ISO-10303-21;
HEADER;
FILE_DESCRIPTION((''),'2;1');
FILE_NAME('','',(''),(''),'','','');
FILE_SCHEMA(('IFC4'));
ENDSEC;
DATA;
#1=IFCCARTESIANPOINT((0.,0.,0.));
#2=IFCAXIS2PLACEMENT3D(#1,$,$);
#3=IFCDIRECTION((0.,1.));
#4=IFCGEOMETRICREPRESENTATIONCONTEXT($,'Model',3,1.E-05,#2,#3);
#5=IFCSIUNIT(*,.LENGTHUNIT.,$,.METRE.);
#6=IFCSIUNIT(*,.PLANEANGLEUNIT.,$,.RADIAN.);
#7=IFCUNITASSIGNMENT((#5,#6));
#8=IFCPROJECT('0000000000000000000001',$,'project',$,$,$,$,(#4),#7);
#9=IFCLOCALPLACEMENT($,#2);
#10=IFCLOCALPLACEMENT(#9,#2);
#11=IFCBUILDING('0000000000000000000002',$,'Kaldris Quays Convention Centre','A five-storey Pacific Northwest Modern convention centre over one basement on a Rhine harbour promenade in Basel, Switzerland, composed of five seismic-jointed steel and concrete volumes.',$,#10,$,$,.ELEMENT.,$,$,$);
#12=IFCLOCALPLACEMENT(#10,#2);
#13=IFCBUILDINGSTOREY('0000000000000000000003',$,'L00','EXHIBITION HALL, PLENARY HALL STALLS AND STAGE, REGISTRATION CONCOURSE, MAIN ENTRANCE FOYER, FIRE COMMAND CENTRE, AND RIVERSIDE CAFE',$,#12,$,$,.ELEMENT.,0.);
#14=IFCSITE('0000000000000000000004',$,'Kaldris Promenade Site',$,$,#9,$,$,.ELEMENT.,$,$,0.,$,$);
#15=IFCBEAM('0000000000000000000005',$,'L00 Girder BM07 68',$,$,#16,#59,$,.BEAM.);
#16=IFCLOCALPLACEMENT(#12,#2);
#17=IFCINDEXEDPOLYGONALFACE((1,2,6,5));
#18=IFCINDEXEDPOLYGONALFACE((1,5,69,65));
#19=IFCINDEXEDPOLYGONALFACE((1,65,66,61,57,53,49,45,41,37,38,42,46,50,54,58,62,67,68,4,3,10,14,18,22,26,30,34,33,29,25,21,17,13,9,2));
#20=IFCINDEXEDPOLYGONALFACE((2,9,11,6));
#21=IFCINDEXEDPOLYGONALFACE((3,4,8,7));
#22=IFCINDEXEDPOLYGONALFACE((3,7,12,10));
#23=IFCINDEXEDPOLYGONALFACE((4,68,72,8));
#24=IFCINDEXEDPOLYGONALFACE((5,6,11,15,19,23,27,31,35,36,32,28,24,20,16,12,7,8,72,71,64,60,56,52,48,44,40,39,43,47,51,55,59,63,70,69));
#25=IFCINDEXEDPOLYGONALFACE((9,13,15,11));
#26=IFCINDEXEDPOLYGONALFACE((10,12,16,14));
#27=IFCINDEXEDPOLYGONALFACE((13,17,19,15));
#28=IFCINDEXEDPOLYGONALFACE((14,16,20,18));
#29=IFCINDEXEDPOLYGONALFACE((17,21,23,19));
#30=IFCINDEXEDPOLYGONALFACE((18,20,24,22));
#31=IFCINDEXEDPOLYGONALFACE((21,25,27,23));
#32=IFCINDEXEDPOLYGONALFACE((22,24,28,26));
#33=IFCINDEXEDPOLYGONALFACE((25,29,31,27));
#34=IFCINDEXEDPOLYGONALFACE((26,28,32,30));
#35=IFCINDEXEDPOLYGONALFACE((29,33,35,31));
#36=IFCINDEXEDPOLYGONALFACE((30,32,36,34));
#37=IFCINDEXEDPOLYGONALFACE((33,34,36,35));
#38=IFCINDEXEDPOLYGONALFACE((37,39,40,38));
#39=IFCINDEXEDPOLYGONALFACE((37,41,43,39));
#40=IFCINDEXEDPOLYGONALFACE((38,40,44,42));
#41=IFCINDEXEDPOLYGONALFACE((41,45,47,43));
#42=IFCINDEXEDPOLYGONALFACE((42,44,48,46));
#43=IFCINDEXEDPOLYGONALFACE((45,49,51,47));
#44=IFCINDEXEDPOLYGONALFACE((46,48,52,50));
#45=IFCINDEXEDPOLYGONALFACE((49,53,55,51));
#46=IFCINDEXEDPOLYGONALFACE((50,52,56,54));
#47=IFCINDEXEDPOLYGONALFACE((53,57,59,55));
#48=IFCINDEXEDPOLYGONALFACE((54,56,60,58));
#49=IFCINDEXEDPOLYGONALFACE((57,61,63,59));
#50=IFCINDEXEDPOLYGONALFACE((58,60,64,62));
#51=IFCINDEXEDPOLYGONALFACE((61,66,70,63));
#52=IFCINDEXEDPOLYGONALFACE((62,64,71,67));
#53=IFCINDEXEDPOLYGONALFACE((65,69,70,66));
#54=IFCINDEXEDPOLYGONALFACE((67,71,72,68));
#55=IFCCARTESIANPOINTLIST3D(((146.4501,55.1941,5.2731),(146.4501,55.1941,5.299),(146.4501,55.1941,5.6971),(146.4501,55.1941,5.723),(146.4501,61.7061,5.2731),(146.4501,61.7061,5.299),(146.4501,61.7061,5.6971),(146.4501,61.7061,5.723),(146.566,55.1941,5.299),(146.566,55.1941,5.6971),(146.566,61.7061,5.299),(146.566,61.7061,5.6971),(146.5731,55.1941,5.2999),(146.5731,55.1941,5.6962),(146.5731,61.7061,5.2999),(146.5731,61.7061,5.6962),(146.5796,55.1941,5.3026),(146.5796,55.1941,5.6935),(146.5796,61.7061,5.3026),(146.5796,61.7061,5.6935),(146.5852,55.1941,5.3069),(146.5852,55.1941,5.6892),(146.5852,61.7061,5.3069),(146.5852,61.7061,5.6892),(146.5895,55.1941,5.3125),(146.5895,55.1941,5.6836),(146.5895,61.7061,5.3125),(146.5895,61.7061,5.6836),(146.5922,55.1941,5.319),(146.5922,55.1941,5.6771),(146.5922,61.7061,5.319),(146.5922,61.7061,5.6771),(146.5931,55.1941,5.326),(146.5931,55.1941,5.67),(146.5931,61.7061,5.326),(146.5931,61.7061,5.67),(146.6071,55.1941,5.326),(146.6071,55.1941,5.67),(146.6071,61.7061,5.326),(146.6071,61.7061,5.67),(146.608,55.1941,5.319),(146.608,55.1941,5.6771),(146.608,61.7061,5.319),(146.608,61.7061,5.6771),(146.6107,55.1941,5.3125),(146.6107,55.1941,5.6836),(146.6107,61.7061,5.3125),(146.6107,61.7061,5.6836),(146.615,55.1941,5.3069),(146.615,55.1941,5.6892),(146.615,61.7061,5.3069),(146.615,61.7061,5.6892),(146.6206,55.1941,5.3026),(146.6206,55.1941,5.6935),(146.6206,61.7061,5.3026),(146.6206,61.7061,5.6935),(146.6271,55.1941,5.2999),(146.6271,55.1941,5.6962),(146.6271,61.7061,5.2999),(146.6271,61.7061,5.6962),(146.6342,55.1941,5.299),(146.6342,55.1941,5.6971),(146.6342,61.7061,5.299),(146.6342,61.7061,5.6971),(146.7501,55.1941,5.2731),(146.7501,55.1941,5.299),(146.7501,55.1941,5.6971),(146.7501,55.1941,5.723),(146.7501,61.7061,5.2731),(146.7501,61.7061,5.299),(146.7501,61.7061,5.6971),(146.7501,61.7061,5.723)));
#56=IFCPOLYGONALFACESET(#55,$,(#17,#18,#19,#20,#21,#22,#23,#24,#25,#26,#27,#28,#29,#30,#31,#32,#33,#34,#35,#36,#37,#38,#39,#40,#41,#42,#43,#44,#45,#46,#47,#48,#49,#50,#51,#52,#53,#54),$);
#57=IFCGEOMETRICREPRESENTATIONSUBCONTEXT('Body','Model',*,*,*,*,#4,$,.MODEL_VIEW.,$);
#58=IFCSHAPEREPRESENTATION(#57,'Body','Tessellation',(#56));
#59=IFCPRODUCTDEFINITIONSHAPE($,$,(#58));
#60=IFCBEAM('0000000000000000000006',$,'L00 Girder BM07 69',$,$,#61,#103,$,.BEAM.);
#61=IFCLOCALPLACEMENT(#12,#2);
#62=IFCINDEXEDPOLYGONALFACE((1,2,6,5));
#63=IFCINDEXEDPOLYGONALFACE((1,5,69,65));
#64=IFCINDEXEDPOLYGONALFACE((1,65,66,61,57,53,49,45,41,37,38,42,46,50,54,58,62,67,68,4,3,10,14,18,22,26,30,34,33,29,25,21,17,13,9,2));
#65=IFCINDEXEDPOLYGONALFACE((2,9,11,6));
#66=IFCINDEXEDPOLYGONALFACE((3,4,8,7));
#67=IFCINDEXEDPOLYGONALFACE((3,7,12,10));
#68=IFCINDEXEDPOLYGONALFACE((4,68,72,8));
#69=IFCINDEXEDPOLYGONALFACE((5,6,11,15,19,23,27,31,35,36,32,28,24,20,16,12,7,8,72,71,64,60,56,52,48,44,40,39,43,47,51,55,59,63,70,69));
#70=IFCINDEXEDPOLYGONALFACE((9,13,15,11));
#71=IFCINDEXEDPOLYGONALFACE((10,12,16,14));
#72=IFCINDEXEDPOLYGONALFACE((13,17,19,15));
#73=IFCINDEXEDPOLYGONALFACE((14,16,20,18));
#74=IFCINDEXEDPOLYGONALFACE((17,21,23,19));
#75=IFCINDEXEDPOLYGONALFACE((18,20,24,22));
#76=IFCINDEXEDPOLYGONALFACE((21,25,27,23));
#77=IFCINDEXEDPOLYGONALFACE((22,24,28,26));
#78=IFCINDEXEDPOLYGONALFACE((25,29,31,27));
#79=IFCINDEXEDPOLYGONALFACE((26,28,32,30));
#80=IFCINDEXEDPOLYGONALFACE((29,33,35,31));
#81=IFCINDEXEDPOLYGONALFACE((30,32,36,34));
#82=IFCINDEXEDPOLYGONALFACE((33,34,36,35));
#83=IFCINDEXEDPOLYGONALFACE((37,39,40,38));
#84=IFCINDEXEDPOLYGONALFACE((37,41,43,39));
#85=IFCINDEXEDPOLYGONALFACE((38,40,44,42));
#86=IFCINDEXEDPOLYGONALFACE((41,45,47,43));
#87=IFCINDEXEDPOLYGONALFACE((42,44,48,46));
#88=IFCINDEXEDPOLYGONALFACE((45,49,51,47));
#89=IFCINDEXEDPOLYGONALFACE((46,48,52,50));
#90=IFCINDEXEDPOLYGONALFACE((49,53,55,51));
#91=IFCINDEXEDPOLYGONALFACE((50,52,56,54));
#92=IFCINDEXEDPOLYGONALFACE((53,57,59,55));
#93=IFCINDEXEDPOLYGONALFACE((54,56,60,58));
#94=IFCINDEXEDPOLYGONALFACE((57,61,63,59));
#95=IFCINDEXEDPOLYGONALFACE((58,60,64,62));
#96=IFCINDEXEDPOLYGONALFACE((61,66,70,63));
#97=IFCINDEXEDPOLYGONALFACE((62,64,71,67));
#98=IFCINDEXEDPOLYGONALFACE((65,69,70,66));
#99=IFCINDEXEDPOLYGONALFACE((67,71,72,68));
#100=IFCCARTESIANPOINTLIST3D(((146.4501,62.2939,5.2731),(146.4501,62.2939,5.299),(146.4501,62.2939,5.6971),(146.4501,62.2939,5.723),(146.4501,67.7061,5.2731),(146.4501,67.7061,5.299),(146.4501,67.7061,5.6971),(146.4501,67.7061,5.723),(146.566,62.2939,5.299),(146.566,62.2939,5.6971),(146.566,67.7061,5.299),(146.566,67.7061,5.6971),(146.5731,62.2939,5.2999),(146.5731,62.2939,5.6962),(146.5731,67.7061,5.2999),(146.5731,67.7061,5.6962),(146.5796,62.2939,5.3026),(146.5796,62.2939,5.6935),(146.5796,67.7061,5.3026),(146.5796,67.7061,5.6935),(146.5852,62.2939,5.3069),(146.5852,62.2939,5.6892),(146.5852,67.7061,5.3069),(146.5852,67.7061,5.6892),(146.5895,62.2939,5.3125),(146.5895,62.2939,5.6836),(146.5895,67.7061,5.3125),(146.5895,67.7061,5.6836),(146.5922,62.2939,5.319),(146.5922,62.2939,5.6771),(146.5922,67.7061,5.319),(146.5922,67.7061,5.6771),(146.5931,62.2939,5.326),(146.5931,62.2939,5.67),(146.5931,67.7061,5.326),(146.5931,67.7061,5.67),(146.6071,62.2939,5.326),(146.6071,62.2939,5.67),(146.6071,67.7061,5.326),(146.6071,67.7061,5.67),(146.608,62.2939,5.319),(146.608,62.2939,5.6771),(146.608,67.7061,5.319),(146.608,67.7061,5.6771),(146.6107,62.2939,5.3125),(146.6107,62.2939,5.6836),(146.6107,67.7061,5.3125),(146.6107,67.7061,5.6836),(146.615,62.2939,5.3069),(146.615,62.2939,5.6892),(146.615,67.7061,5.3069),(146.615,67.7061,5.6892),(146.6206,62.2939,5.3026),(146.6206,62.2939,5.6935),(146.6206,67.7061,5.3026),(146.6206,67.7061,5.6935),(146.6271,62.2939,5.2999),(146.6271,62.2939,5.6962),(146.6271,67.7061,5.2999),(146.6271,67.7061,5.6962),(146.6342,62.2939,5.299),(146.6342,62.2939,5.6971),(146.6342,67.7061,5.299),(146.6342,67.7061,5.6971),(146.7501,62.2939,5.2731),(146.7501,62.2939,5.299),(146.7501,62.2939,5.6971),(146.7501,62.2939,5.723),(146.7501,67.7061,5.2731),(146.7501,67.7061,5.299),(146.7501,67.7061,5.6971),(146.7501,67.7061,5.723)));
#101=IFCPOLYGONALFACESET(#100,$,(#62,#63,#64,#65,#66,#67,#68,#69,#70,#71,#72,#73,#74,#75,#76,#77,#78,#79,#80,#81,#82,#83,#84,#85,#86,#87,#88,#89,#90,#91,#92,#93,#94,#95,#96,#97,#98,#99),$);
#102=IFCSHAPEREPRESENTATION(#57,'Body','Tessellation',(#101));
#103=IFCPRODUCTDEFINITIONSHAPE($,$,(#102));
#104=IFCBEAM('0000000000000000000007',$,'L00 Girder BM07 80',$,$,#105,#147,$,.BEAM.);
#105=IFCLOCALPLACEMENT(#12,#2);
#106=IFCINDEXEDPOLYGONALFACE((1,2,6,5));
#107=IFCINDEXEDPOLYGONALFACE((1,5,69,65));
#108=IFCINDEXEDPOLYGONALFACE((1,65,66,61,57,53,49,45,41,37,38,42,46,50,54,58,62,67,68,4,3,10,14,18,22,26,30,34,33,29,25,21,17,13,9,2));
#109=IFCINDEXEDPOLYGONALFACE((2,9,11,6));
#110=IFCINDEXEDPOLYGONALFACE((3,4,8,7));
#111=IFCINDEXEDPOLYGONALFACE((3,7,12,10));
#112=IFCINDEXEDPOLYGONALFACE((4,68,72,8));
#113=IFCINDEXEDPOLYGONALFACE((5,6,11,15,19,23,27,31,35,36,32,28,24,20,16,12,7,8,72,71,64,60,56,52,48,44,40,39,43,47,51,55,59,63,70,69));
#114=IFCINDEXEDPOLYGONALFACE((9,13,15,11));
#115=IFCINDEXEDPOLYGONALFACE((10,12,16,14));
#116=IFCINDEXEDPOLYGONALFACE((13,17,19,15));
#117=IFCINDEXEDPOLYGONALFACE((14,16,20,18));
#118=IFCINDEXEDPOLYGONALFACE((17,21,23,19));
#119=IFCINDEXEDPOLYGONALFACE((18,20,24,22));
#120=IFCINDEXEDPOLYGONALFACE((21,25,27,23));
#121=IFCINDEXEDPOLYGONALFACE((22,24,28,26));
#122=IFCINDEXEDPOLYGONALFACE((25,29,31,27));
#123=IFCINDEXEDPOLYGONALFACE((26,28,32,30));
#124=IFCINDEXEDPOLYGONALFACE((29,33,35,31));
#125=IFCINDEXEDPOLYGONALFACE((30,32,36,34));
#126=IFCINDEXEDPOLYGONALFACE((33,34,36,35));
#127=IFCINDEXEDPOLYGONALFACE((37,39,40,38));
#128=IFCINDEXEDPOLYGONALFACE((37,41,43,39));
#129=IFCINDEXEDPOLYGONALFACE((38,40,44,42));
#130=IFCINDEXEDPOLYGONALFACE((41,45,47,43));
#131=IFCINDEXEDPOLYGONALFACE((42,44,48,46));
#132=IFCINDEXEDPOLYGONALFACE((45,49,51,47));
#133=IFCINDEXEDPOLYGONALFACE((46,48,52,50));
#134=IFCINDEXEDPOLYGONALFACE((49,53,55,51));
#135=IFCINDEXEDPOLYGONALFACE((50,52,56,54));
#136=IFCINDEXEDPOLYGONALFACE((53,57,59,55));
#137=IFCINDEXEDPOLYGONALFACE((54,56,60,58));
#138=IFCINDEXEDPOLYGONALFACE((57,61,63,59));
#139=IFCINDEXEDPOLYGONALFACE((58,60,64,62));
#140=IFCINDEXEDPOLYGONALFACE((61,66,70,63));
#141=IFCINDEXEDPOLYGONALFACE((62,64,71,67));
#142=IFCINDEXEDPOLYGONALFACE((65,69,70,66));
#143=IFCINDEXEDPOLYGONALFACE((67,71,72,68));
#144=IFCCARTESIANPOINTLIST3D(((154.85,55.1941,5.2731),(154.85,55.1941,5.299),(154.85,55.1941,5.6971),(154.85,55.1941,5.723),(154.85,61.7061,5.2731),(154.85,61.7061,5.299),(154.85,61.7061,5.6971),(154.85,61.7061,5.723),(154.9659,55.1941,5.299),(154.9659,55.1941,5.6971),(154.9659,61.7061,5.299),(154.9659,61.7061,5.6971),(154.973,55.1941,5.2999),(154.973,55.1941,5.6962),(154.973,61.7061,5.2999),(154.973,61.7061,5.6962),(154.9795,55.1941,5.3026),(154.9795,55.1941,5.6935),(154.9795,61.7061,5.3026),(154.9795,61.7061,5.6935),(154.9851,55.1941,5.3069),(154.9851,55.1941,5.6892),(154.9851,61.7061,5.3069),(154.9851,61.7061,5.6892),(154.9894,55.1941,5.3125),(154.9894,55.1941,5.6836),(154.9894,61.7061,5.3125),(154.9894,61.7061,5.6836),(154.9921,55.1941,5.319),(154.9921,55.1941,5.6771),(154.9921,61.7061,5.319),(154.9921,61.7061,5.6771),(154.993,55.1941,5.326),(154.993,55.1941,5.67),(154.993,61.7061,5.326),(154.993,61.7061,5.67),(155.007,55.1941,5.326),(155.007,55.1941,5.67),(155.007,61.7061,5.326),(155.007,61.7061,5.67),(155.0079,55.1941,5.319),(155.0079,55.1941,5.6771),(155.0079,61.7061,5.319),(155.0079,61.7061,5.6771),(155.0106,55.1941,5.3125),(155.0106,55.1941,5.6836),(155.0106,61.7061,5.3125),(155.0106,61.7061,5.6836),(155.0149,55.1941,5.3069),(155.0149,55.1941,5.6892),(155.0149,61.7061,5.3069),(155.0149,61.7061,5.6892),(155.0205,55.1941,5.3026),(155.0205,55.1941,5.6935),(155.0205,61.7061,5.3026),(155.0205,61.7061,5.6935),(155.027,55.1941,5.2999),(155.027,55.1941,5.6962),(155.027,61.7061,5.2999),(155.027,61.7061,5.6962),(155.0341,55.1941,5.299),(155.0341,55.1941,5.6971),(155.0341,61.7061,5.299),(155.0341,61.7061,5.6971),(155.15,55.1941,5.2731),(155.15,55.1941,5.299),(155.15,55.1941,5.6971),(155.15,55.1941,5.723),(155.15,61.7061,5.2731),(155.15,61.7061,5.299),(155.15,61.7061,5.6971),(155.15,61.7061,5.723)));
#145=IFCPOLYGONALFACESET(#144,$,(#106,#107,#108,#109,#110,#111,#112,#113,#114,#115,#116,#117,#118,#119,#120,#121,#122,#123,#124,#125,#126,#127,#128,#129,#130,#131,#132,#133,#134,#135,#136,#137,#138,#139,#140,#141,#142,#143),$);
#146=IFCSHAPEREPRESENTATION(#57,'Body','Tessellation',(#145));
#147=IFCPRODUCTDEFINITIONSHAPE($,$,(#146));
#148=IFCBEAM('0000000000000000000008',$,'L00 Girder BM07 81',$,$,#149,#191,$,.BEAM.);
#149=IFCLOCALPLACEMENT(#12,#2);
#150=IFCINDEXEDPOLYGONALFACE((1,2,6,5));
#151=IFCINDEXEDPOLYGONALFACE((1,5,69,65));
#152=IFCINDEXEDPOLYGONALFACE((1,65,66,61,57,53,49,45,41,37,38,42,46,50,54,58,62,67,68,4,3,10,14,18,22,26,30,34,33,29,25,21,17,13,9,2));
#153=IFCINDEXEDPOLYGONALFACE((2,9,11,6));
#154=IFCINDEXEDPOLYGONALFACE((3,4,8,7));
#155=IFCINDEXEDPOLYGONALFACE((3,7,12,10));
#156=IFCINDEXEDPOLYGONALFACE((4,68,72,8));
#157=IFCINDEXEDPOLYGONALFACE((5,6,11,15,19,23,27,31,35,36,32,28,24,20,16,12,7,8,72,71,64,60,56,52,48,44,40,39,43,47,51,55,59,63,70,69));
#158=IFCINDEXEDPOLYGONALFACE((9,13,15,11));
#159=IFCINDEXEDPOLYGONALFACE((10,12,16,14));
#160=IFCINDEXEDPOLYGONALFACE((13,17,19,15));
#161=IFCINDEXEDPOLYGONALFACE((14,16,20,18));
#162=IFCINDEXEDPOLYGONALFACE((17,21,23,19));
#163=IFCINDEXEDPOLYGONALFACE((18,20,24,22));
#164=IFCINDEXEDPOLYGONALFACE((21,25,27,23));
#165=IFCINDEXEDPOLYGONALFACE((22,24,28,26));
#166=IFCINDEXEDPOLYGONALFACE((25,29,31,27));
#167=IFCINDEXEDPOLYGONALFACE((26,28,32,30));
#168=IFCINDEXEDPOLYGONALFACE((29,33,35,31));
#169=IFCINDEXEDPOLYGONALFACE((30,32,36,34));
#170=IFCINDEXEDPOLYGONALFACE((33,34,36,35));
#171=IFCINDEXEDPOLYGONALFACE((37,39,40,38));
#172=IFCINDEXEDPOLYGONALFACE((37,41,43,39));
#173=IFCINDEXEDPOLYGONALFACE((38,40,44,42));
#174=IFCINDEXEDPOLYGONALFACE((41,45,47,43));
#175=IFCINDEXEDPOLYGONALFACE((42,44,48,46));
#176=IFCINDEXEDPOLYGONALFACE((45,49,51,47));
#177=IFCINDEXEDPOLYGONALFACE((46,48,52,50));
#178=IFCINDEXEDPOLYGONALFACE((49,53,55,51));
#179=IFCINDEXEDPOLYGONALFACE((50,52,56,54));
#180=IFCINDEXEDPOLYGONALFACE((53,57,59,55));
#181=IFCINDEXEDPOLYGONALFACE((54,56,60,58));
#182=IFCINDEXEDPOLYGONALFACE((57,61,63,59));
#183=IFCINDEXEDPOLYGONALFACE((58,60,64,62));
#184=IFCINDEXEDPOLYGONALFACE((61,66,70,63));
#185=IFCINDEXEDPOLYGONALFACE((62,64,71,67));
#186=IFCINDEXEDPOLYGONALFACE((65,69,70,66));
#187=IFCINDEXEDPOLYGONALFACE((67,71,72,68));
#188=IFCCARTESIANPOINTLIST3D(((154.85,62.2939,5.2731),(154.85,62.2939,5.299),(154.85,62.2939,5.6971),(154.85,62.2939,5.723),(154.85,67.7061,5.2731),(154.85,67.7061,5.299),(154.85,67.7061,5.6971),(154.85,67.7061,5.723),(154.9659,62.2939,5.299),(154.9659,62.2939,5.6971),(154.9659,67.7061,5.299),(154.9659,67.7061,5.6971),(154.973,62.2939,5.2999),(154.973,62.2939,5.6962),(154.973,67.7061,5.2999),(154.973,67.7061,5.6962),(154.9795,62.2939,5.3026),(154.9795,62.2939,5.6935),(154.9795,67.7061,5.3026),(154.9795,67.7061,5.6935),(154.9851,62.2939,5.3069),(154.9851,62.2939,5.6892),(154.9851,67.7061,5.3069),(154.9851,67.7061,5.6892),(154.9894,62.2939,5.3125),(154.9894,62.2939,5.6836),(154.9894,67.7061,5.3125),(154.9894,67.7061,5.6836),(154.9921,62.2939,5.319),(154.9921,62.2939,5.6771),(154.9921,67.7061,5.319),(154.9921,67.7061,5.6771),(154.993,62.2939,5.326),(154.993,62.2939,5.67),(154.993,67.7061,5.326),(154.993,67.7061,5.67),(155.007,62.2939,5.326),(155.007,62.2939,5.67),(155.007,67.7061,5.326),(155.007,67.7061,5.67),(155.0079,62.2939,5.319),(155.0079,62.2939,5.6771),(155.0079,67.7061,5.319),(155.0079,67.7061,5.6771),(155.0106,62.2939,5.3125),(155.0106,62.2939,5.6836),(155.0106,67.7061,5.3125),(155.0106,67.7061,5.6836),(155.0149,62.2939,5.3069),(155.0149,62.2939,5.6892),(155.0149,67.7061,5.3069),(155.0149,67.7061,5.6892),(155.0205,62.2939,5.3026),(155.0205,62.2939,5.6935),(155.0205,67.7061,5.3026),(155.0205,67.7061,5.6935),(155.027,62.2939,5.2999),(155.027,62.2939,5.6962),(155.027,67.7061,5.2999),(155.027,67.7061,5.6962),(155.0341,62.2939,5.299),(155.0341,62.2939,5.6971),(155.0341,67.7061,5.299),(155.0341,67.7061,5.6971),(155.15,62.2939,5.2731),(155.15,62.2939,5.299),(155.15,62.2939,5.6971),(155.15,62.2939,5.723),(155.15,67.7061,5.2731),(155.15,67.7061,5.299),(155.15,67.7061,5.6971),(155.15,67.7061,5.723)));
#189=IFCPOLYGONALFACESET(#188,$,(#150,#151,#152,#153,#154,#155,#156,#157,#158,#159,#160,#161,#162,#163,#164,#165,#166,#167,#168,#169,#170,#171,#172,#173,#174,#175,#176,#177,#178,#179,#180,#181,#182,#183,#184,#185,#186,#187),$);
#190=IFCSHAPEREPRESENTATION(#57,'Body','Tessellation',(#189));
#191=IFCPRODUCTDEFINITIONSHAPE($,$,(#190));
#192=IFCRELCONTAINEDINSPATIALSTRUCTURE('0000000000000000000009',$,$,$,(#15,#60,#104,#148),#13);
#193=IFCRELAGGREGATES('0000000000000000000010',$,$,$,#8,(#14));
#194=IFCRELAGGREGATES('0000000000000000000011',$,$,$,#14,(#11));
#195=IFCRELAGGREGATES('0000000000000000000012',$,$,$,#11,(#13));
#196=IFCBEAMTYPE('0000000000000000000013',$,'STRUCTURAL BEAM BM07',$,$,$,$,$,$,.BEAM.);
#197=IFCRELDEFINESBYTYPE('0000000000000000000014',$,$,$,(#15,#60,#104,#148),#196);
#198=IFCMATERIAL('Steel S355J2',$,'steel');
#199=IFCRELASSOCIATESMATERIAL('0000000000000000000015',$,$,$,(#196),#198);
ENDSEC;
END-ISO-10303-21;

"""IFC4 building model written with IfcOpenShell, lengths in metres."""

from ifc_helpers import new_model, si_unit, direction, frame, origin, origin_2d, place, context, subcontext, project, spatial, i_section, extrude, material, material_profile, profile_set, type_object, element, save


model = new_model("IFC4")

# Units and contexts
model_context = context("Model", 3, precision=1e-05, world=origin(), true_north=direction((0.0, 1.0)))
body_context = subcontext(model_context, "Body", "Model", "MODEL_VIEW")
ifc_project = project(units=[si_unit("LENGTHUNIT", "METRE"), si_unit("PLANEANGLEUNIT", "RADIAN")], contexts=[model_context])

# Site, building, storey
site_placement = place(None, origin())
site = spatial("IfcSite", under=ifc_project, at=site_placement, Name="Kaldris Promenade Site", CompositionType="ELEMENT", RefElevation=0.0)
building_placement = place(site_placement, origin())
building = spatial("IfcBuilding", under=site, at=building_placement, Name="Kaldris Quays Convention Centre", Description="A five-storey Pacific Northwest Modern convention centre over one basement on a Rhine harbour promenade in Basel, Switzerland, composed of five seismic-jointed steel and concrete volumes.", CompositionType="ELEMENT")
storey_placement = place(building_placement, origin())
storey = spatial("IfcBuildingStorey", under=building, at=storey_placement, Name="L00", Description="EXHIBITION HALL, PLENARY HALL STALLS AND STAGE, REGISTRATION CONCOURSE, MAIN ENTRANCE FOYER, FIRE COMMAND CENTRE, AND RIVERSIDE CAFE", CompositionType="ELEMENT", Elevation=0.0)

# Shared definitions
ifc_material_1 = material(Name="Steel S355J2", Category="steel")

# Beams
ifc_material_profile_1 = material_profile(ifc_material_1, i_section(OverallWidth=0.3, OverallDepth=0.45, WebThickness=0.0139, FlangeThickness=0.0259, FilletRadius=0.0271, at=origin_2d()), Name="HEB 450")
ifc_profile_set_1 = profile_set([ifc_material_profile_1], Name="Steel S355J2")
beam_type_1 = type_object("IfcBeamType", Name="STRUCTURAL BEAM BM07", PredefinedType="BEAM", material=ifc_profile_set_1)
beam_1_placement = place(storey_placement, frame((146.6001, 55.1941, 5.498), z_axis=(0.0, 1.0, 0.0), x_axis=(-1.0, 0.0, 0.0)))
element("IfcBeam", 1, at=beam_1_placement, inside=storey, type_object=beam_type_1, Name="L00 Girder BM07 68", PredefinedType="BEAM", context=body_context, shape_type="SweptSolid", body=[
    extrude(i_section(OverallWidth=0.3, OverallDepth=0.45, WebThickness=0.0139, FlangeThickness=0.0259, FilletRadius=0.0271, at=origin_2d()), origin(), (0.0, 0.0, 1.0), 6.512),
])
beam_2_placement = place(storey_placement, frame((146.6001, 62.2939, 5.498), z_axis=(0.0, 1.0, 0.0), x_axis=(-1.0, 0.0, 0.0)))
element("IfcBeam", 2, at=beam_2_placement, inside=storey, type_object=beam_type_1, Name="L00 Girder BM07 69", PredefinedType="BEAM", context=body_context, shape_type="SweptSolid", body=[
    extrude(i_section(OverallWidth=0.3, OverallDepth=0.45, WebThickness=0.0139, FlangeThickness=0.0259, FilletRadius=0.0271, at=origin_2d()), origin(), (0.0, 0.0, 1.0), 5.4121),
])
beam_3_placement = place(storey_placement, frame((155.0, 55.1941, 5.498), z_axis=(0.0, 1.0, 0.0), x_axis=(-1.0, 0.0, 0.0)))
element("IfcBeam", 3, at=beam_3_placement, inside=storey, type_object=beam_type_1, Name="L00 Girder BM07 80", PredefinedType="BEAM", context=body_context, shape_type="SweptSolid", body=[
    extrude(i_section(OverallWidth=0.3, OverallDepth=0.45, WebThickness=0.0139, FlangeThickness=0.0259, FilletRadius=0.0271, at=origin_2d()), origin(), (0.0, 0.0, 1.0), 6.512),
])
beam_4_placement = place(storey_placement, frame((155.0, 62.2939, 5.498), z_axis=(0.0, 1.0, 0.0), x_axis=(-1.0, 0.0, 0.0)))
element("IfcBeam", 4, at=beam_4_placement, inside=storey, type_object=beam_type_1, Name="L00 Girder BM07 81", PredefinedType="BEAM", context=body_context, shape_type="SweptSolid", body=[
    extrude(i_section(OverallWidth=0.3, OverallDepth=0.45, WebThickness=0.0139, FlangeThickness=0.0259, FilletRadius=0.0271, at=origin_2d()), origin(), (0.0, 0.0, 1.0), 5.4121),
])

save(model, "model.ifc")
